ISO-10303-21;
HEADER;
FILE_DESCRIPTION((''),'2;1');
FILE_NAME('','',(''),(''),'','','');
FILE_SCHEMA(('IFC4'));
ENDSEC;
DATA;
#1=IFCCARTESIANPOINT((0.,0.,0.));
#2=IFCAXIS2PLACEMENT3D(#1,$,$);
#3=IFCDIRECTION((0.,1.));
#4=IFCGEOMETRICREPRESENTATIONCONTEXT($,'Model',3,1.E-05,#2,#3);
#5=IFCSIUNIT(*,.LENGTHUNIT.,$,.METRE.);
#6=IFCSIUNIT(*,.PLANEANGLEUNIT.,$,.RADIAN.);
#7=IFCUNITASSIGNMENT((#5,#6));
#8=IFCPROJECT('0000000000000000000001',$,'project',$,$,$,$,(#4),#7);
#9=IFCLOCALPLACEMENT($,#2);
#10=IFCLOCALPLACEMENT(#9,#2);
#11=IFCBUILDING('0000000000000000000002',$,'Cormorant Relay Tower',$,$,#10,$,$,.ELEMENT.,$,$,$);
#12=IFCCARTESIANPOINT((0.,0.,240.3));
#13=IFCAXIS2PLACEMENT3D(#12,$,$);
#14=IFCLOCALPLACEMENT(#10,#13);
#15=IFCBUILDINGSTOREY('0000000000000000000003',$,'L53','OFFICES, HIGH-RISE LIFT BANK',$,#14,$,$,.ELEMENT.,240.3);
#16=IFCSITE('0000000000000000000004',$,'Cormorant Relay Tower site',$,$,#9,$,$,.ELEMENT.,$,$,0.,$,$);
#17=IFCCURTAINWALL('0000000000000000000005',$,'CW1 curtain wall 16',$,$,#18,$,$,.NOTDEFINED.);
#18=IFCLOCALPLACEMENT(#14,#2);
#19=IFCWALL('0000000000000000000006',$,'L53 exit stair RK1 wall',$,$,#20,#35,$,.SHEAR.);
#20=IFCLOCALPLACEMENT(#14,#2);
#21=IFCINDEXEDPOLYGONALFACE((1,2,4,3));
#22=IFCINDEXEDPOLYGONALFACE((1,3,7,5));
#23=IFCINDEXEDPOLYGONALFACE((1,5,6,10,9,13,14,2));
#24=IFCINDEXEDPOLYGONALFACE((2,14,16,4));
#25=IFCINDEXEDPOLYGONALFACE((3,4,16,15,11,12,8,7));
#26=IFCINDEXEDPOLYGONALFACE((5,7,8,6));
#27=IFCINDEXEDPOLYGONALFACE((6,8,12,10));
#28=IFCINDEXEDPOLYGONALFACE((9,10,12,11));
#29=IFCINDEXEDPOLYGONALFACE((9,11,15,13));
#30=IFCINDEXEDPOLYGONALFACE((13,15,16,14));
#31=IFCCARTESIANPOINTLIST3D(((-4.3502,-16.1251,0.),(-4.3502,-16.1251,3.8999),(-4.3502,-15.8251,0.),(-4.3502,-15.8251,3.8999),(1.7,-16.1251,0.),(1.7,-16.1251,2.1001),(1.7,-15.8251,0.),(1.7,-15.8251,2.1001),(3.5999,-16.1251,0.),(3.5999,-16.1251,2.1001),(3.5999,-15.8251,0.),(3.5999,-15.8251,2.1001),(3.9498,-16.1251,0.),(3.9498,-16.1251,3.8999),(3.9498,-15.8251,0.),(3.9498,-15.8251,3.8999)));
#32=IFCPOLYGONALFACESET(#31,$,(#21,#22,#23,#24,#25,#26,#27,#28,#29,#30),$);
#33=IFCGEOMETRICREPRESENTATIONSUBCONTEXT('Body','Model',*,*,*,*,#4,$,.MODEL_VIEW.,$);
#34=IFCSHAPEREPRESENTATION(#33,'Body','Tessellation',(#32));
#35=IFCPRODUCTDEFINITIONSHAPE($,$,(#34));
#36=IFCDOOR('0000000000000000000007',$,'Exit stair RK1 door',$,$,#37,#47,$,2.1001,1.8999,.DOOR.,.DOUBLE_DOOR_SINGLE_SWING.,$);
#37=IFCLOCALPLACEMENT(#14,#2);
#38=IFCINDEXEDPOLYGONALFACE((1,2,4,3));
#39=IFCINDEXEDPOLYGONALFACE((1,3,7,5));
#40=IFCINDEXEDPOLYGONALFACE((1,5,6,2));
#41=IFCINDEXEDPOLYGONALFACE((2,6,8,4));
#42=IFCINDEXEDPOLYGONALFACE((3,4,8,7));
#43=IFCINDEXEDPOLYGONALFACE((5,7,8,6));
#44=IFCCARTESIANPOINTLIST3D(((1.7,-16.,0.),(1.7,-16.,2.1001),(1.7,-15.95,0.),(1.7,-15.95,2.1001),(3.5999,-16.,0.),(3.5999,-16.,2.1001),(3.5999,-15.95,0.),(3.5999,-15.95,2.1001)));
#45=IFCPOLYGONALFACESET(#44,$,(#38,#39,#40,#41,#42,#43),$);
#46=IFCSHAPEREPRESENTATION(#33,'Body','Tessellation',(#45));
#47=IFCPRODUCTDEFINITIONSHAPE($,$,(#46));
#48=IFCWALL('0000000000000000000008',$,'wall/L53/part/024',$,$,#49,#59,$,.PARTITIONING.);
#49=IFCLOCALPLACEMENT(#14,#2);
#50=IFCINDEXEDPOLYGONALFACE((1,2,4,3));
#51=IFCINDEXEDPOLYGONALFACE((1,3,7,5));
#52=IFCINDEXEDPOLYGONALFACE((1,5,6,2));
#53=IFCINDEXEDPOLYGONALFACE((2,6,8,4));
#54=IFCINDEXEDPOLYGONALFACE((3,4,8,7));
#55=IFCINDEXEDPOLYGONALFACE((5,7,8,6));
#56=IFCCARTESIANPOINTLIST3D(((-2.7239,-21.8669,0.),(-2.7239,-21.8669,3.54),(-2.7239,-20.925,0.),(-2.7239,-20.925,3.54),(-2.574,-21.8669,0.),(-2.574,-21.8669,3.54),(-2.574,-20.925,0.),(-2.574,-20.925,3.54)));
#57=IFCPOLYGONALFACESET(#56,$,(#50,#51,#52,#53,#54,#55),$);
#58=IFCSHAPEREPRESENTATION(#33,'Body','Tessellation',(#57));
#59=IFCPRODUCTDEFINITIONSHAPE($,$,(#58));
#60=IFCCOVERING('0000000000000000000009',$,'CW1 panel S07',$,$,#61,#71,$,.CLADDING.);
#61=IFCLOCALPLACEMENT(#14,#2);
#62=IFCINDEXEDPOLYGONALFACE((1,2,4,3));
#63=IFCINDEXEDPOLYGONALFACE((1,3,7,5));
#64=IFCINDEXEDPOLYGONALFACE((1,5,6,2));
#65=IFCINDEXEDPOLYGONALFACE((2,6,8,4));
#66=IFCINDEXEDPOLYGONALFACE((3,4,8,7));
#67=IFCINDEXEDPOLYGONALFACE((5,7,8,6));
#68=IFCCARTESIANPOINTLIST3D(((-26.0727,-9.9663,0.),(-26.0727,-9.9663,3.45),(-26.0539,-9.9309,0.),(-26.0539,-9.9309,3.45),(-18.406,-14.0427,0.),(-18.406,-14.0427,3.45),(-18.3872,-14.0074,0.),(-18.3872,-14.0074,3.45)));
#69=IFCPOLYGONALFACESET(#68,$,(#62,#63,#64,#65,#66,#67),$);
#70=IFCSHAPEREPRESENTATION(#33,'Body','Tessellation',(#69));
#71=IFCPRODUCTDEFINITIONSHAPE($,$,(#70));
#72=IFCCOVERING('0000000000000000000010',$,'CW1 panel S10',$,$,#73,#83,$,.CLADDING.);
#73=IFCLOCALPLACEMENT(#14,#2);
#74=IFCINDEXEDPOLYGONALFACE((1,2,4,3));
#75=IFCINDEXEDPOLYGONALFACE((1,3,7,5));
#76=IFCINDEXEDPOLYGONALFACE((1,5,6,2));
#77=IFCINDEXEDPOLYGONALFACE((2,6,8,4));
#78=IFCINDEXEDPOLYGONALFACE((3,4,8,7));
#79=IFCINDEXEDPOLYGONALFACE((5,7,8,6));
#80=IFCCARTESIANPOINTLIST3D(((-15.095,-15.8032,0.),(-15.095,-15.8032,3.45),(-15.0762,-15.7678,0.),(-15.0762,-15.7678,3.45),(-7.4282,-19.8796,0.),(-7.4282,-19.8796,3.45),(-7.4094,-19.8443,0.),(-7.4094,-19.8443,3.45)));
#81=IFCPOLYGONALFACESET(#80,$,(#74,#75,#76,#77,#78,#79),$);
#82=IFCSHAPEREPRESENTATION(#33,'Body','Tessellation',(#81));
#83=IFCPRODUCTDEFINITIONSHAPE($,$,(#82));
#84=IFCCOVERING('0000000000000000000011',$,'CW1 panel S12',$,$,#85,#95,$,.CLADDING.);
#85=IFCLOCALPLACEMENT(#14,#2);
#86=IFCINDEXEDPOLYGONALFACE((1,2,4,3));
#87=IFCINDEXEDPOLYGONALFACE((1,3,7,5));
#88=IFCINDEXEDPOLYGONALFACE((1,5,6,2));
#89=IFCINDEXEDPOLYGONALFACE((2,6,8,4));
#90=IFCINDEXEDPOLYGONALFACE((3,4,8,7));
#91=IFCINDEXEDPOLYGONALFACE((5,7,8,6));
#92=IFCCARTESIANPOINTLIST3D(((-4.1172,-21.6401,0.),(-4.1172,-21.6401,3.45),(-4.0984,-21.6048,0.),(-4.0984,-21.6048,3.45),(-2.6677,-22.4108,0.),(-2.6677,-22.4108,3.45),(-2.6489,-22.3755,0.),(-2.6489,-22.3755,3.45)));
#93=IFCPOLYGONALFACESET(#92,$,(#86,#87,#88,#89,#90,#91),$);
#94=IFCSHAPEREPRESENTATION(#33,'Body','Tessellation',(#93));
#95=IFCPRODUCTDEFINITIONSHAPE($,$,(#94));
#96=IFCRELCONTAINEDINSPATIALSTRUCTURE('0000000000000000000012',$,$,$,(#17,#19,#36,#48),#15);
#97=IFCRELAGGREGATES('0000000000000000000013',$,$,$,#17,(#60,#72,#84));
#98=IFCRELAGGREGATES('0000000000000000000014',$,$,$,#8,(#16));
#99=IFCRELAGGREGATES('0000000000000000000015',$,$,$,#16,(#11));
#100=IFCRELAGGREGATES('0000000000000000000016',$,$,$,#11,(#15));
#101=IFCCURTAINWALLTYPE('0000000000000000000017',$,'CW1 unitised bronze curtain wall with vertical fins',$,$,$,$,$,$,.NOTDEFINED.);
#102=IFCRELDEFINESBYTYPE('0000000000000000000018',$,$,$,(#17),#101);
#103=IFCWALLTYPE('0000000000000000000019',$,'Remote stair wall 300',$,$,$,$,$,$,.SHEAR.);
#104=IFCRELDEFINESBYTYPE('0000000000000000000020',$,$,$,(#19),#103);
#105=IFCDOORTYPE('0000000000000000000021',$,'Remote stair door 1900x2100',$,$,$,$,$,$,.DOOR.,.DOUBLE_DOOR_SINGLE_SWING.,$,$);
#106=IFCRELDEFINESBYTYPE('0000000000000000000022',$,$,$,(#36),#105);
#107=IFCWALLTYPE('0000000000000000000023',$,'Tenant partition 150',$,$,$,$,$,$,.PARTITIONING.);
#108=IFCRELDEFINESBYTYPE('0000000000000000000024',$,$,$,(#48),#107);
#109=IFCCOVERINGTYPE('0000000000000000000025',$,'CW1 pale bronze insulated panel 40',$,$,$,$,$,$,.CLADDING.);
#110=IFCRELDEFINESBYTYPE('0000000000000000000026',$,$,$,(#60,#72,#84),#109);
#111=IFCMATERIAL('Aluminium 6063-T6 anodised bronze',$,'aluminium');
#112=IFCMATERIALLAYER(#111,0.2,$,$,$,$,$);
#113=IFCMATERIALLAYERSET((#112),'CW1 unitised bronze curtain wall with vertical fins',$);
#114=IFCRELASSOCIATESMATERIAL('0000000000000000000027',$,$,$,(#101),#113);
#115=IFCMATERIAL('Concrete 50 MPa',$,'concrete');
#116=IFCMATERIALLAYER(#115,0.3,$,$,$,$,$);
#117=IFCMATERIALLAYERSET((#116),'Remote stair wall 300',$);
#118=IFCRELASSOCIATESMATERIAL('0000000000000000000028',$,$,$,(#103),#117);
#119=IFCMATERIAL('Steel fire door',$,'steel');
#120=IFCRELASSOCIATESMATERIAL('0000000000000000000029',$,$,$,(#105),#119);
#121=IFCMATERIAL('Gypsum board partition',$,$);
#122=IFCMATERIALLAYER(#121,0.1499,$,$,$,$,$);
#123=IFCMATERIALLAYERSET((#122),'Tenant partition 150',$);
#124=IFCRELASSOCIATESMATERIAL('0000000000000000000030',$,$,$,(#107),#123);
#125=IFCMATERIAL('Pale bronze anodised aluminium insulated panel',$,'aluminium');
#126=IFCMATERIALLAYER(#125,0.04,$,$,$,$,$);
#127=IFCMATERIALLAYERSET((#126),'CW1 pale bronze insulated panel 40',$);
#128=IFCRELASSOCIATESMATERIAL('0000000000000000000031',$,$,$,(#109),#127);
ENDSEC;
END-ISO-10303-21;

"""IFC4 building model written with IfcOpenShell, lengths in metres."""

from ifc_helpers import new_model, si_unit, direction, frame, frame_2d, origin, origin_2d, place, context, subcontext, project, spatial, rectangle, extrude, material, layer, layer_set, type_object, element, fill, aggregate, save


model = new_model("IFC4")

# Units and contexts
model_context = context("Model", 3, precision=1e-05, world=origin(), true_north=direction((0.0, 1.0)))
body_context = subcontext(model_context, "Body", "Model", "MODEL_VIEW")
ifc_project = project(units=[si_unit("LENGTHUNIT", "METRE"), si_unit("PLANEANGLEUNIT", "RADIAN")], contexts=[model_context])

# Site, building, storey
site_placement = place(None, origin())
site = spatial("IfcSite", under=ifc_project, at=site_placement, Name="Cormorant Relay Tower site", CompositionType="ELEMENT", RefElevation=0.0)
building_placement = place(site_placement, origin())
building = spatial("IfcBuilding", under=site, at=building_placement, Name="Cormorant Relay Tower", CompositionType="ELEMENT")
storey_placement = place(building_placement, frame((0.0, 0.0, 240.3)))
storey = spatial("IfcBuildingStorey", under=building, at=storey_placement, Name="L53", Description="OFFICES, HIGH-RISE LIFT BANK", CompositionType="ELEMENT", Elevation=240.3)

# Shared definitions
ifc_material_1 = material(Name="Aluminium 6063-T6 anodised bronze", Category="aluminium")
ifc_layer_1 = layer(ifc_material_1, 0.2)
ifc_layer_set_1 = layer_set([ifc_layer_1], Name="CW1 unitised bronze curtain wall with vertical fins")
curtain_wall_type = type_object("IfcCurtainWallType", Name="CW1 unitised bronze curtain wall with vertical fins", PredefinedType="NOTDEFINED", material=ifc_layer_set_1)

# Curtain wall
curtain_wall_1_placement = place(storey_placement, origin())
curtain_wall_1 = element("IfcCurtainWall", 1, at=curtain_wall_1_placement, inside=storey, type_object=curtain_wall_type, Name="CW1 curtain wall 16", PredefinedType="NOTDEFINED")

# Shared definitions
ifc_material_2 = material(Name="Concrete 50 MPa", Category="concrete")
ifc_layer_2 = layer(ifc_material_2, 0.3)
ifc_layer_set_2 = layer_set([ifc_layer_2], Name="Remote stair wall 300")
wall_type_1 = type_object("IfcWallType", Name="Remote stair wall 300", PredefinedType="SHEAR", material=ifc_layer_set_2)

# Wall, opening, door
wall_1_placement = place(storey_placement, frame((-4.3501, -15.9751, 0.0), z_axis=(0.0, 0.0, 1.0), x_axis=(1.0, 0.0, 0.0)))
wall_1 = element("IfcWall", 2, at=wall_1_placement, inside=storey, type_object=wall_type_1, Name="L53 exit stair RK1 wall", PredefinedType="SHEAR", context=body_context, shape_type="SweptSolid", body=[
    extrude(rectangle(XDim=8.3, YDim=0.3, at=frame_2d((4.1499, 0.0))), origin(), (0.0, 0.0, 1.0), 3.8999),
])
opening_placement = place(wall_1_placement, frame((6.05, 0.0, 0.0)))
opening = element("IfcOpeningElement", 3, at=opening_placement, cuts=wall_1, PredefinedType="OPENING", context=body_context, shape_type="SweptSolid", body=[
    extrude(rectangle(XDim=1.8999, YDim=2.1001, at=frame_2d((0.95, 1.05))), frame((0.0, 0.1599, 0.0), z_axis=(0.0, -1.0, 0.0), x_axis=(1.0, 0.0, 0.0)), (0.0, 0.0, 1.0), 0.3201),
])
ifc_material_3 = material(Name="Steel fire door", Category="steel")
door_type = type_object("IfcDoorType", Name="Remote stair door 1900x2100", OperationType="DOUBLE_DOOR_SINGLE_SWING", PredefinedType="DOOR", material=ifc_material_3)
door_placement = place(opening_placement, frame((1.8999, 0.0, 0.0), z_axis=(0.0, 0.0, 1.0), x_axis=(-1.0, 0.0, 0.0)))
door = element("IfcDoor", 4, at=door_placement, inside=storey, type_object=door_type, Name="Exit stair RK1 door", OperationType="DOUBLE_DOOR_SINGLE_SWING", OverallHeight=2.1001, OverallWidth=1.8999, PredefinedType="DOOR", context=body_context, shape_type="SweptSolid", body=[
    extrude(rectangle(XDim=1.8999, YDim=2.1001, at=frame_2d((0.95, 1.05))), frame((0.0, 0.0249, 0.0), z_axis=(0.0, -1.0, 0.0), x_axis=(1.0, 0.0, 0.0)), (0.0, 0.0, 1.0), 0.05),
])
fill(opening, door)

# Wall
ifc_material_4 = material(Name="Gypsum board partition")
ifc_layer_3 = layer(ifc_material_4, 0.1499)
ifc_layer_set_3 = layer_set([ifc_layer_3], Name="Tenant partition 150")
wall_type_2 = type_object("IfcWallType", Name="Tenant partition 150", PredefinedType="PARTITIONING", material=ifc_layer_set_3)
wall_2_placement = place(storey_placement, frame((-2.6489, -20.925, 0.0), z_axis=(0.0, 0.0, 1.0), x_axis=(0.0, -1.0, 0.0)))
element("IfcWall", 5, at=wall_2_placement, inside=storey, type_object=wall_type_2, Name="wall/L53/part/024", PredefinedType="PARTITIONING", context=body_context, shape_type="SweptSolid", body=[
    extrude(rectangle(XDim=0.9419, YDim=0.1499, at=frame_2d((0.4709, 0.0))), origin(), (0.0, 0.0, 1.0), 3.54),
])

# Coverings
ifc_material_5 = material(Name="Pale bronze anodised aluminium insulated panel", Category="aluminium")
ifc_layer_4 = layer(ifc_material_5, 0.04)
ifc_layer_set_4 = layer_set([ifc_layer_4], Name="CW1 pale bronze insulated panel 40")
covering_type = type_object("IfcCoveringType", Name="CW1 pale bronze insulated panel 40", PredefinedType="CLADDING", material=ifc_layer_set_4)
covering_1_placement = place(storey_placement, frame((-22.23, -11.9868, 0.0), z_axis=(0.0, 0.0, 1.0), x_axis=(0.882948, -0.469472, 0.0)))
covering_1 = element("IfcCovering", 6, at=covering_1_placement, type_object=covering_type, Name="CW1 panel S07", PredefinedType="CLADDING", context=body_context, shape_type="SweptSolid", body=[
    extrude(rectangle(XDim=8.6831, YDim=0.04, at=origin_2d()), origin(), (0.0, 0.0, 1.0), 3.45),
])
covering_2_placement = place(storey_placement, frame((-11.2522, -17.8237, 0.0), z_axis=(0.0, 0.0, 1.0), x_axis=(0.882948, -0.469472, 0.0)))
covering_2 = element("IfcCovering", 7, at=covering_2_placement, type_object=covering_type, Name="CW1 panel S10", PredefinedType="CLADDING", context=body_context, shape_type="SweptSolid", body=[
    extrude(rectangle(XDim=8.6831, YDim=0.04, at=origin_2d()), origin(), (0.0, 0.0, 1.0), 3.45),
])
covering_3_placement = place(storey_placement, frame((-3.3831, -22.0078, 0.0), z_axis=(0.0, 0.0, 1.0), x_axis=(0.882948, -0.469472, 0.0)))
covering_3 = element("IfcCovering", 8, at=covering_3_placement, type_object=covering_type, Name="CW1 panel S12", PredefinedType="CLADDING", context=body_context, shape_type="SweptSolid", body=[
    extrude(rectangle(XDim=1.6416, YDim=0.04, at=origin_2d()), origin(), (0.0, 0.0, 1.0), 3.45),
])
aggregate(curtain_wall_1, [covering_1, covering_2, covering_3])

save(model, "model.ifc")
